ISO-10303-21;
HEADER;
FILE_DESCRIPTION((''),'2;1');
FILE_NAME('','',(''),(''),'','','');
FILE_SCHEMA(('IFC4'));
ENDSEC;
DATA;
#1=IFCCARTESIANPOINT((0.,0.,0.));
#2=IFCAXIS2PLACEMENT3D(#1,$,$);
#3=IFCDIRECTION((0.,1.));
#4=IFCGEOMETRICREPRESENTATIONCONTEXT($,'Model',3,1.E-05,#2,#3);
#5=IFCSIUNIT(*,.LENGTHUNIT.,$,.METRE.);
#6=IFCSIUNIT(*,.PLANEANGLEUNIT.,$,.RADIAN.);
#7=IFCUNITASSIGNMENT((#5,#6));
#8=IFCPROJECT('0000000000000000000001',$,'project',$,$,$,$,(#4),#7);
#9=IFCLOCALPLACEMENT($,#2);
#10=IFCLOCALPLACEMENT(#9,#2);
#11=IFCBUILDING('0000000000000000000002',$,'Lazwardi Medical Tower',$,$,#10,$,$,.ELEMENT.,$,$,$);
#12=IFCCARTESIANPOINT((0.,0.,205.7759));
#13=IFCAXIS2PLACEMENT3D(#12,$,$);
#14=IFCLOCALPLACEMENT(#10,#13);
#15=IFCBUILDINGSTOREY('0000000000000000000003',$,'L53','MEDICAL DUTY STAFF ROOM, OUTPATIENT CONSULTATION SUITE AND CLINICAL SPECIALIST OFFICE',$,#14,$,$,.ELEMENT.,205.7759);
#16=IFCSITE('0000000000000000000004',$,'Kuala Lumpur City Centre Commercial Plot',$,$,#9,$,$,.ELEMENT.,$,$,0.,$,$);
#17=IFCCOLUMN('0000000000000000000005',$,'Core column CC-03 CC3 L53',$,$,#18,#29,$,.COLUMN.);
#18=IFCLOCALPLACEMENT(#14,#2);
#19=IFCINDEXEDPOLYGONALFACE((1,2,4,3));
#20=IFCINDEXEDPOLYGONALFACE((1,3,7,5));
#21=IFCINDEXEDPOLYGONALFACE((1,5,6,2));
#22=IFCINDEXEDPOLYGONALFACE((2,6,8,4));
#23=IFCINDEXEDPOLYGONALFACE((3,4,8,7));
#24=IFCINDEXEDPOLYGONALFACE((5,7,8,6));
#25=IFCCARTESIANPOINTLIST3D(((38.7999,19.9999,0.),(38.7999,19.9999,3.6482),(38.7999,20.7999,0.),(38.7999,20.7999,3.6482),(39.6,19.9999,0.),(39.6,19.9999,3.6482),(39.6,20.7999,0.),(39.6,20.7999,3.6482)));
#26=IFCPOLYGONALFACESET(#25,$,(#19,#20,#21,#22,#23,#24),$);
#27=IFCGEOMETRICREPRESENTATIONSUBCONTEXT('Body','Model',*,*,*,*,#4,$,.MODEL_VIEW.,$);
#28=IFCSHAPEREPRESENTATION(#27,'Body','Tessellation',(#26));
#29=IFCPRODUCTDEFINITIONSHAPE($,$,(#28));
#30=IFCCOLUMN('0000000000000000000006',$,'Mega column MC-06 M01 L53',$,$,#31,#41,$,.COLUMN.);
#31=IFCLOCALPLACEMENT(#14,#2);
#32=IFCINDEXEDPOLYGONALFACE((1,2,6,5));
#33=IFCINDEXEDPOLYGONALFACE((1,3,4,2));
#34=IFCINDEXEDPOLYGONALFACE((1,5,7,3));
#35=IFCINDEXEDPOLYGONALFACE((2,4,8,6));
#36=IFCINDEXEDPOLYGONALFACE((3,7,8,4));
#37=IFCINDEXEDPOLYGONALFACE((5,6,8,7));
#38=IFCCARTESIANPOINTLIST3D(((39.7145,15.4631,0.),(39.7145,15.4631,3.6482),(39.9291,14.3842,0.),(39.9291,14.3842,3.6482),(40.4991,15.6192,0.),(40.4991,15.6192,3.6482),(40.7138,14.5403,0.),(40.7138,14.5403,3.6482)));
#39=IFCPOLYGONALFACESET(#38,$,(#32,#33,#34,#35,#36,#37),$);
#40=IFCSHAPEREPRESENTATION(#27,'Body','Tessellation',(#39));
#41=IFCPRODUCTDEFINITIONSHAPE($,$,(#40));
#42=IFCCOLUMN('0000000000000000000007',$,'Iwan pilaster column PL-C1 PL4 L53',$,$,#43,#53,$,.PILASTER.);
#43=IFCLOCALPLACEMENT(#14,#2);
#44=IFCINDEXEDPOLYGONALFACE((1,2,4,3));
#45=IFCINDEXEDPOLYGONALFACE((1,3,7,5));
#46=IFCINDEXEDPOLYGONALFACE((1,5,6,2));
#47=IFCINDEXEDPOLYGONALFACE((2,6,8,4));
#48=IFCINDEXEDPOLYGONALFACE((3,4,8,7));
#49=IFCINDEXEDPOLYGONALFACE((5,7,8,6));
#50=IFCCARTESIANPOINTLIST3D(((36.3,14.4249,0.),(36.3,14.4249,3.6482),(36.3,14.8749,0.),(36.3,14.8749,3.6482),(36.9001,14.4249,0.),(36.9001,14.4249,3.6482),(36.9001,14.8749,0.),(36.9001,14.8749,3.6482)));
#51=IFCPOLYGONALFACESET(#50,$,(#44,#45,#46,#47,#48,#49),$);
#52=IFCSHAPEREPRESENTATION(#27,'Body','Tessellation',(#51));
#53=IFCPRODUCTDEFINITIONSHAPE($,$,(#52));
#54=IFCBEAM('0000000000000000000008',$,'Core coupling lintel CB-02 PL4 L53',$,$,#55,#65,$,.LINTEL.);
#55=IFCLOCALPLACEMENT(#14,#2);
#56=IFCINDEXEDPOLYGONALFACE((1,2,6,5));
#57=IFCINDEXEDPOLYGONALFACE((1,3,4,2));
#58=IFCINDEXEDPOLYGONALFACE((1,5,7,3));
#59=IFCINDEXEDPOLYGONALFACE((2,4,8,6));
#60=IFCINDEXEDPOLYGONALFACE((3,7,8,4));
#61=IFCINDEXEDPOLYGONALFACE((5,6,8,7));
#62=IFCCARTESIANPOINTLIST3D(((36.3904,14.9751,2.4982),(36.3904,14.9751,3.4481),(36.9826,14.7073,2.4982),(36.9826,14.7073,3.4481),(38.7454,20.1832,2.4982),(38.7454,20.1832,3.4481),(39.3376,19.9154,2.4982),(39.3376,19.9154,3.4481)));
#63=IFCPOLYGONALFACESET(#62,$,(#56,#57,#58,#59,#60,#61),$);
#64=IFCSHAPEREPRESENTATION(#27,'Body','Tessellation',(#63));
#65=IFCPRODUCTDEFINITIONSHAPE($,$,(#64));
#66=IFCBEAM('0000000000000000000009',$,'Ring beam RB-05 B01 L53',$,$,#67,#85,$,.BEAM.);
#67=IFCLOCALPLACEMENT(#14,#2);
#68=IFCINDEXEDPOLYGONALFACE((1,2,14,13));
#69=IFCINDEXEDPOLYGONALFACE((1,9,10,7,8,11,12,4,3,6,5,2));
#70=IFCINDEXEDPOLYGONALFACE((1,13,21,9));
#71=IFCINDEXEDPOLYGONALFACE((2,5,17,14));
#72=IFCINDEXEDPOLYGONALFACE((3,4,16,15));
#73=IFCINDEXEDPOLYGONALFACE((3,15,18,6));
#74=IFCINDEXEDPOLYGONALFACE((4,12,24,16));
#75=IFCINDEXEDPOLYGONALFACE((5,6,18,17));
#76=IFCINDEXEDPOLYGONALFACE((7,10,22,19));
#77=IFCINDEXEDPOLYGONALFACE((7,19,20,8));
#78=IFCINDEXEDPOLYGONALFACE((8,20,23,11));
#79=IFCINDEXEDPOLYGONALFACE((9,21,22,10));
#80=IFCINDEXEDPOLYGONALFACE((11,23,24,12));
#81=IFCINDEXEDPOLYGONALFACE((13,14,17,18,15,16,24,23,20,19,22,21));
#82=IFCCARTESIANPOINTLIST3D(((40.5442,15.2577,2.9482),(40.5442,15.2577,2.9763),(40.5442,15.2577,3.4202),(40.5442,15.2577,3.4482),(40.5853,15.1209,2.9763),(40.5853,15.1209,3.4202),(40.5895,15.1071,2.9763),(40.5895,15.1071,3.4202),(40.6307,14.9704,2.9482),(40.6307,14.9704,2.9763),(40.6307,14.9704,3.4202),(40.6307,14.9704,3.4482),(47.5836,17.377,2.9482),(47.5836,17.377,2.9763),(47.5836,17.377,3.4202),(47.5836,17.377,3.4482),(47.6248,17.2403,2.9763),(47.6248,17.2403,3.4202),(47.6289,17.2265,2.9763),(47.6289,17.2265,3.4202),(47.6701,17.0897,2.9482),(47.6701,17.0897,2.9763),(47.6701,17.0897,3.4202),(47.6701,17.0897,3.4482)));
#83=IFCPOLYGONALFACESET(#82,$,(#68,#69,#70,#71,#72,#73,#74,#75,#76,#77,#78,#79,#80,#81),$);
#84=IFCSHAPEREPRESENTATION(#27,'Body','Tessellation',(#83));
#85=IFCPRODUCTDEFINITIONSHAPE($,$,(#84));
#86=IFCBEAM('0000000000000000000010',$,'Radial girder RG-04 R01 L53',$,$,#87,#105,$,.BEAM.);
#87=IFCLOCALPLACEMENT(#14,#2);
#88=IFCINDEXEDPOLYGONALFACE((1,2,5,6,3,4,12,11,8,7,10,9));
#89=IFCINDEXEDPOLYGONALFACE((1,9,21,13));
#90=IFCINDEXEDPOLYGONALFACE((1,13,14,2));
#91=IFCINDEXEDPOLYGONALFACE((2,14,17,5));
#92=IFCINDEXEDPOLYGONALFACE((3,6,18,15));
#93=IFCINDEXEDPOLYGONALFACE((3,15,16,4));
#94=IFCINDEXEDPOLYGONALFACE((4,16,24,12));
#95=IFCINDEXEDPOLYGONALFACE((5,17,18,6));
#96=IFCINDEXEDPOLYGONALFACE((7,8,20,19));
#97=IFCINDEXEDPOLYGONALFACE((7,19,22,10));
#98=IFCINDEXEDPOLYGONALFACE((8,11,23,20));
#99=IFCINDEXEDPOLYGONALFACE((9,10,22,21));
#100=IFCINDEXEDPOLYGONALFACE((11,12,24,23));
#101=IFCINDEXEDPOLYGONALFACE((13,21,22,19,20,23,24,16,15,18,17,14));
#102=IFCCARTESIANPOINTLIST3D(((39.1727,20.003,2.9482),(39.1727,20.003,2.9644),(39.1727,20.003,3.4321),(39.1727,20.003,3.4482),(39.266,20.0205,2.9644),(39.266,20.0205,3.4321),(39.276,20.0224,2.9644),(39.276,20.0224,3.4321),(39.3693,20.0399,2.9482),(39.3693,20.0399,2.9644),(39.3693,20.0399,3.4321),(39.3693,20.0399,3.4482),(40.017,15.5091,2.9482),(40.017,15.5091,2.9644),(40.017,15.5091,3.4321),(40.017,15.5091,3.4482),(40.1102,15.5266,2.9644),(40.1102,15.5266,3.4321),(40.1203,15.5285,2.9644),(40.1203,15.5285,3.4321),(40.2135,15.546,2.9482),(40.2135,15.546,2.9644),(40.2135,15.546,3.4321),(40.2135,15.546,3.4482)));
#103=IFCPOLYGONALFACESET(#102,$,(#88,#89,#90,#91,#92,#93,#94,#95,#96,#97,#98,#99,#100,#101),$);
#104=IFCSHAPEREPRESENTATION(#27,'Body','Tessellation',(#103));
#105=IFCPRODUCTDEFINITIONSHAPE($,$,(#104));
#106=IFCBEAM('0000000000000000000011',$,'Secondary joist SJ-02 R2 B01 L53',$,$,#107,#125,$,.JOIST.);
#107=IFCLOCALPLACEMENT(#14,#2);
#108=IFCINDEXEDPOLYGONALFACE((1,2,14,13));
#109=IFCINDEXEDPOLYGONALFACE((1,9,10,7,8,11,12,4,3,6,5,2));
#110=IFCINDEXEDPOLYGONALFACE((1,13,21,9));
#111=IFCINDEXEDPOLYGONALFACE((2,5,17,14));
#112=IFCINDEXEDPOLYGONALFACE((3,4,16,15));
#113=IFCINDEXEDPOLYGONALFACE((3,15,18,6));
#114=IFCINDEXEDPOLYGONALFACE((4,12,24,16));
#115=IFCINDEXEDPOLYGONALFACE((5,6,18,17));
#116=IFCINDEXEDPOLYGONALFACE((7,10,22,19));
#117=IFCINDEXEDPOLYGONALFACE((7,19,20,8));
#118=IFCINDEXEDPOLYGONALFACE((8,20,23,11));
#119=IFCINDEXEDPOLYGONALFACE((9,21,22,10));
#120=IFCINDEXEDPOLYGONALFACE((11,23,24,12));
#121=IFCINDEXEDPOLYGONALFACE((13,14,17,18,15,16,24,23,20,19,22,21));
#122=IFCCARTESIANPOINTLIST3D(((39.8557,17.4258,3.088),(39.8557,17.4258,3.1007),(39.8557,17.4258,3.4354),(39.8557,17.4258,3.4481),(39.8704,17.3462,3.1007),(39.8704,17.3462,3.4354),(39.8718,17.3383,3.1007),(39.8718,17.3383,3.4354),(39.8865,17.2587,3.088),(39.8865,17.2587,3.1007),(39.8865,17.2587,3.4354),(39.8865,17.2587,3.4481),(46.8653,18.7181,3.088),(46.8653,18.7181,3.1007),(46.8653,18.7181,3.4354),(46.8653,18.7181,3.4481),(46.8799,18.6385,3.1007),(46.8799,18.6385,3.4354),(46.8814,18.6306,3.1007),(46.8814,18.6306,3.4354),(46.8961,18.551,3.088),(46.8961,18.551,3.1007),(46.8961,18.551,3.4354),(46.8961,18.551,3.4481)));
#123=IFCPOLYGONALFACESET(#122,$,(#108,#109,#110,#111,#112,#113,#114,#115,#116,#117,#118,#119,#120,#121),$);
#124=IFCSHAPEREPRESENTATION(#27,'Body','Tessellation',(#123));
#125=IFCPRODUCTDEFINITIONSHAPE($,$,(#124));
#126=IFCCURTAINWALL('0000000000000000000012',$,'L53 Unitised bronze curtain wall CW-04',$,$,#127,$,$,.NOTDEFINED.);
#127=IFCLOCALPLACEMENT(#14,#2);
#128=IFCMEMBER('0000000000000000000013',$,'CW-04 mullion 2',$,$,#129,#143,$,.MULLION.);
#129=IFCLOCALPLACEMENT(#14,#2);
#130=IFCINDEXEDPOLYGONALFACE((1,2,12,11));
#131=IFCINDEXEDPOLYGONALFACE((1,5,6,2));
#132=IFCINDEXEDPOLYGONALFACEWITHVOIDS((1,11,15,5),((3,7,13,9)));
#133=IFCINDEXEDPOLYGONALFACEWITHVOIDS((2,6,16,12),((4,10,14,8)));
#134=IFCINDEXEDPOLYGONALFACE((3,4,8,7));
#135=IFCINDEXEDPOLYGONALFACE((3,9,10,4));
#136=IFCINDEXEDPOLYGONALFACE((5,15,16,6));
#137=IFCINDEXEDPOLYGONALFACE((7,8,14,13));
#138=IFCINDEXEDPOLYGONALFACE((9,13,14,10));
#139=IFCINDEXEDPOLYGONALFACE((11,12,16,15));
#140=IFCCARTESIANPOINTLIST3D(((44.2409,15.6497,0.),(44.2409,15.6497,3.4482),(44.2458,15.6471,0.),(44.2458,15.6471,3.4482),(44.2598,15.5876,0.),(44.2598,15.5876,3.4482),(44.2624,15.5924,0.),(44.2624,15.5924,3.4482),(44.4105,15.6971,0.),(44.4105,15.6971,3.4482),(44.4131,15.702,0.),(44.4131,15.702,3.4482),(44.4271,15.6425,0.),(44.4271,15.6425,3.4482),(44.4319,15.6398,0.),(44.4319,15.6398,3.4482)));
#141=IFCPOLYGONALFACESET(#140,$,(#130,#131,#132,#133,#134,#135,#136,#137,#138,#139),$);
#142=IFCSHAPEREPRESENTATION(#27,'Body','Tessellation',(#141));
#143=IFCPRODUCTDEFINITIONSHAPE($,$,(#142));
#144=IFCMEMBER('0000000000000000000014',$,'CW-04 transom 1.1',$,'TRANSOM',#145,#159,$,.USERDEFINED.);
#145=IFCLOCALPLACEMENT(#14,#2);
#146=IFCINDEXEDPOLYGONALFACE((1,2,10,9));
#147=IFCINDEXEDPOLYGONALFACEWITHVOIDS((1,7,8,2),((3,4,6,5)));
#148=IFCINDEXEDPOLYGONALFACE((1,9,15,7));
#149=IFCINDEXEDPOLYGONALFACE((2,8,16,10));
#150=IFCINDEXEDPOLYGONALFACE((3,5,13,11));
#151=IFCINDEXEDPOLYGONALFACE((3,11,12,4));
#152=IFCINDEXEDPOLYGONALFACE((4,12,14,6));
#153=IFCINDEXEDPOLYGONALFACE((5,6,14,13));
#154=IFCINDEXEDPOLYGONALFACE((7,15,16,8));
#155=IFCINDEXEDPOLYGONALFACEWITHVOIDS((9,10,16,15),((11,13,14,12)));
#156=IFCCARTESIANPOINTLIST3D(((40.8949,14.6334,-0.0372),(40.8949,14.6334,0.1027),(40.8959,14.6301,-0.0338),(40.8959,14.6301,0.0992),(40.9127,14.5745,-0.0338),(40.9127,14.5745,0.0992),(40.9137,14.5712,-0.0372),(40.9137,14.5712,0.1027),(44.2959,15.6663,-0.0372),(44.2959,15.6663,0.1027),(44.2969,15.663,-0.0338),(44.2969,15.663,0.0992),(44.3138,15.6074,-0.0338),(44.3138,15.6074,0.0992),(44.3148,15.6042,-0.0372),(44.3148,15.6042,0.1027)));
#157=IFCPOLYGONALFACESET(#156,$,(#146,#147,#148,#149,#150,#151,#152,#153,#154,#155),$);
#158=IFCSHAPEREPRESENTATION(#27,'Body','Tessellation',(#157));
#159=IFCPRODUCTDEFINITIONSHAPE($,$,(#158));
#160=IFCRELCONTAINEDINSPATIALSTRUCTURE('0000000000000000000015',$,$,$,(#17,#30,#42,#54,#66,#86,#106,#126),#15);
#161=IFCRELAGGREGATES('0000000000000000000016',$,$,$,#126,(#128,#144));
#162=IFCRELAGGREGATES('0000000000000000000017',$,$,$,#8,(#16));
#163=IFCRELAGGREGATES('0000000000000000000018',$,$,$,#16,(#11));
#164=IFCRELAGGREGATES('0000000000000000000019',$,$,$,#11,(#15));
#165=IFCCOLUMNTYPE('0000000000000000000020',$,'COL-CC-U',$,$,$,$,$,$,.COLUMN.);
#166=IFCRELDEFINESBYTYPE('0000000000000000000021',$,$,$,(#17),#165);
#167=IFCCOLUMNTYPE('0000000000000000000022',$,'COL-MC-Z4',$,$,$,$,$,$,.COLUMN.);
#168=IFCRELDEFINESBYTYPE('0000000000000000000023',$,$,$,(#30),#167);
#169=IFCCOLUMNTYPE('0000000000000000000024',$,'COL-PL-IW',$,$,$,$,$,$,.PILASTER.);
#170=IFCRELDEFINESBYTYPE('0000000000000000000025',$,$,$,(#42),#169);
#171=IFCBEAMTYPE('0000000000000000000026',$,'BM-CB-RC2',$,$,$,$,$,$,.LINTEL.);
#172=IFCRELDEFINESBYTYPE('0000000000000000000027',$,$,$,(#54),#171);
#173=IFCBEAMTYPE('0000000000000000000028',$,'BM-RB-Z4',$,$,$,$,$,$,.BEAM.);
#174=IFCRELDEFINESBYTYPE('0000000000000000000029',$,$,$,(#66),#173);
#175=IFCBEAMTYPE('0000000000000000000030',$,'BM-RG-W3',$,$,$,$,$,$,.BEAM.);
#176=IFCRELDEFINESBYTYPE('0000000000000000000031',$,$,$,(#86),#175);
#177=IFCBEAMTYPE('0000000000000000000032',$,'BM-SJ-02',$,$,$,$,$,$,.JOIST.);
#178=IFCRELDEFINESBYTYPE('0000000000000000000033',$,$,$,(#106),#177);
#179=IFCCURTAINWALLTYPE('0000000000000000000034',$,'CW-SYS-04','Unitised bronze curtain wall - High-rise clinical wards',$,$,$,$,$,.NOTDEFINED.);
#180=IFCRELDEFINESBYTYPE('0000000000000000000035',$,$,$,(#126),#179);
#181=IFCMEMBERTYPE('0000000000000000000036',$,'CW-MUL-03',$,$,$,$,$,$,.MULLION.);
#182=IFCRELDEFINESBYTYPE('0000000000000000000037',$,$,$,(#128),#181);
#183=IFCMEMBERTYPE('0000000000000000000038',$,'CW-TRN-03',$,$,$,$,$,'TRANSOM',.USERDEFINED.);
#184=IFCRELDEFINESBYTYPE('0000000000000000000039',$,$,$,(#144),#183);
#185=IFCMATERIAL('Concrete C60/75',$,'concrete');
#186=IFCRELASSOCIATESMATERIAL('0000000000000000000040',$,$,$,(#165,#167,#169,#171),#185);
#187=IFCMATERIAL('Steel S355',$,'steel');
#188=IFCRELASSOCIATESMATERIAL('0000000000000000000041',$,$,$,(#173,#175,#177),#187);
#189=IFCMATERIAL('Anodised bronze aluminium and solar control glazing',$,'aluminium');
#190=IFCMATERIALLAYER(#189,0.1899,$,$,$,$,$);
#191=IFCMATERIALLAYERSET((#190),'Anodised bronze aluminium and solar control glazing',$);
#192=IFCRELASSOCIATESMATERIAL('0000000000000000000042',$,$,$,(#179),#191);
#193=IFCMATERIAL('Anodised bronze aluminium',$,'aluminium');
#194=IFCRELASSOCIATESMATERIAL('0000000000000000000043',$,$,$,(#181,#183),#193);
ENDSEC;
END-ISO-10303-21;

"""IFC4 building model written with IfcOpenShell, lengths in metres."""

from ifc_helpers import new_model, si_unit, direction, frame, origin, origin_2d, place, context, subcontext, project, spatial, rectangle, hollow_rectangle, i_section, extrude, material, layer, layer_set, material_profile, profile_set, type_object, element, aggregate, save


model = new_model("IFC4")

# Units and contexts
model_context = context("Model", 3, precision=1e-05, world=origin(), true_north=direction((0.0, 1.0)))
body_context = subcontext(model_context, "Body", "Model", "MODEL_VIEW")
ifc_project = project(units=[si_unit("LENGTHUNIT", "METRE"), si_unit("PLANEANGLEUNIT", "RADIAN")], contexts=[model_context])

# Site, building, storey
site_placement = place(None, origin())
site = spatial("IfcSite", under=ifc_project, at=site_placement, Name="Kuala Lumpur City Centre Commercial Plot", CompositionType="ELEMENT", RefElevation=0.0)
building_placement = place(site_placement, origin())
building = spatial("IfcBuilding", under=site, at=building_placement, Name="Lazwardi Medical Tower", CompositionType="ELEMENT")
storey_placement = place(building_placement, frame((0.0, 0.0, 205.7759)))
storey = spatial("IfcBuildingStorey", under=building, at=storey_placement, Name="L53", Description="MEDICAL DUTY STAFF ROOM, OUTPATIENT CONSULTATION SUITE AND CLINICAL SPECIALIST OFFICE", CompositionType="ELEMENT", Elevation=205.7759)

# Columns
ifc_material_1 = material(Name="Concrete C60/75", Category="concrete")
ifc_material_profile_1 = material_profile(ifc_material_1, rectangle(XDim=0.8, YDim=0.8, at=origin_2d()), Name="RC 800x800")
ifc_profile_set_1 = profile_set([ifc_material_profile_1], Name="Concrete C60/75")
column_type_1 = type_object("IfcColumnType", Name="COL-CC-U", PredefinedType="COLUMN", material=ifc_profile_set_1)
column_1_placement = place(storey_placement, frame((39.2, 20.3999, 0.0), z_axis=(0.0, 0.0, 1.0), x_axis=(1.0, 0.0, 0.0)))
element("IfcColumn", 1, at=column_1_placement, inside=storey, type_object=column_type_1, Name="Core column CC-03 CC3 L53", PredefinedType="COLUMN", context=body_context, shape_type="SweptSolid", body=[
    extrude(rectangle(XDim=0.8, YDim=0.8, at=origin_2d()), origin(), (0.0, 0.0, 1.0), 3.6482),
])
ifc_material_profile_2 = material_profile(ifc_material_1, rectangle(XDim=1.1001, YDim=0.8, at=origin_2d()), Name="CFT-RECT 1100x800")
ifc_profile_set_2 = profile_set([ifc_material_profile_2], Name="Concrete C60/75")
column_type_2 = type_object("IfcColumnType", Name="COL-MC-Z4", PredefinedType="COLUMN", material=ifc_profile_set_2)
column_2_placement = place(storey_placement, frame((40.2141, 15.0017, 0.0), z_axis=(0.0, 0.0, 1.0), x_axis=(0.19509, -0.980785, 0.0)))
element("IfcColumn", 2, at=column_2_placement, inside=storey, type_object=column_type_2, Name="Mega column MC-06 M01 L53", PredefinedType="COLUMN", context=body_context, shape_type="SweptSolid", body=[
    extrude(rectangle(XDim=1.1001, YDim=0.8, at=origin_2d()), origin(), (0.0, 0.0, 1.0), 3.6482),
])
ifc_material_profile_3 = material_profile(ifc_material_1, rectangle(XDim=0.6001, YDim=0.45, at=origin_2d()), Name="RC 600x450")
ifc_profile_set_3 = profile_set([ifc_material_profile_3], Name="Concrete C60/75")
column_type_3 = type_object("IfcColumnType", Name="COL-PL-IW", PredefinedType="PILASTER", material=ifc_profile_set_3)
column_3_placement = place(storey_placement, frame((36.6001, 14.6499, 0.0), z_axis=(0.0, 0.0, 1.0), x_axis=(1.0, 0.0, 0.0)))
element("IfcColumn", 3, at=column_3_placement, inside=storey, type_object=column_type_3, Name="Iwan pilaster column PL-C1 PL4 L53", PredefinedType="PILASTER", context=body_context, shape_type="SweptSolid", body=[
    extrude(rectangle(XDim=0.6001, YDim=0.45, at=origin_2d()), origin(), (0.0, 0.0, 1.0), 3.6482),
])

# Beams
ifc_material_profile_4 = material_profile(ifc_material_1, rectangle(XDim=0.6499, YDim=0.95, at=origin_2d()), Name="RC 650x950")
ifc_profile_set_4 = profile_set([ifc_material_profile_4], Name="Concrete C60/75")
beam_type_1 = type_object("IfcBeamType", Name="BM-CB-RC2", PredefinedType="LINTEL", material=ifc_profile_set_4)
beam_1_placement = place(storey_placement, frame((39.0415, 20.0493, 2.9731), z_axis=(-0.412019, -0.911175, 0.0), x_axis=(0.911175, -0.412019, 0.0)))
element("IfcBeam", 4, at=beam_1_placement, inside=storey, type_object=beam_type_1, Name="Core coupling lintel CB-02 PL4 L53", PredefinedType="LINTEL", context=body_context, shape_type="SweptSolid", body=[
    extrude(rectangle(XDim=0.6499, YDim=0.95, at=origin_2d()), origin(), (0.0, 0.0, 1.0), 5.7158),
])
ifc_material_2 = material(Name="Steel S355", Category="steel")
ifc_material_profile_5 = material_profile(ifc_material_2, i_section(OverallWidth=0.3, OverallDepth=0.5, WebThickness=0.0144, FlangeThickness=0.0281, at=origin_2d()), Name="HEB 500")
ifc_profile_set_5 = profile_set([ifc_material_profile_5], Name="Steel S355")
beam_type_2 = type_object("IfcBeamType", Name="BM-RB-Z4", PredefinedType="BEAM", material=ifc_profile_set_5)
beam_2_placement = place(storey_placement, frame((40.5874, 15.114, 3.1982), z_axis=(0.957544, 0.288286, 0.0), x_axis=(-0.288286, 0.957544, 0.0)))
element("IfcBeam", 5, at=beam_2_placement, inside=storey, type_object=beam_type_2, Name="Ring beam RB-05 B01 L53", PredefinedType="BEAM", context=body_context, shape_type="SweptSolid", body=[
    extrude(i_section(OverallWidth=0.3, OverallDepth=0.5, WebThickness=0.0144, FlangeThickness=0.0281, at=origin_2d()), origin(), (0.0, 0.0, 1.0), 7.3516),
])
ifc_material_profile_6 = material_profile(ifc_material_2, i_section(OverallWidth=0.2, OverallDepth=0.5, WebThickness=0.0103, FlangeThickness=0.0161, at=origin_2d()), Name="IPE 500")
ifc_profile_set_6 = profile_set([ifc_material_profile_6], Name="Steel S355")
beam_type_3 = type_object("IfcBeamType", Name="BM-RG-W3", PredefinedType="BEAM", material=ifc_profile_set_6)
beam_3_placement = place(storey_placement, frame((40.1152, 15.5276, 3.1982), z_axis=(-0.184633, 0.982807, 0.0), x_axis=(-0.982807, -0.184633, 0.0)))
element("IfcBeam", 6, at=beam_3_placement, inside=storey, type_object=beam_type_3, Name="Radial girder RG-04 R01 L53", PredefinedType="BEAM", context=body_context, shape_type="SweptSolid", body=[
    extrude(i_section(OverallWidth=0.2, OverallDepth=0.5, WebThickness=0.0103, FlangeThickness=0.0161, at=origin_2d()), origin(), (0.0, 0.0, 1.0), 4.5725),
])
ifc_material_profile_7 = material_profile(ifc_material_2, i_section(OverallWidth=0.1699, OverallDepth=0.3601, WebThickness=0.0081, FlangeThickness=0.0127, at=origin_2d()), Name="IPE 360")
ifc_profile_set_7 = profile_set([ifc_material_profile_7], Name="Steel S355")
beam_type_4 = type_object("IfcBeamType", Name="BM-SJ-02", PredefinedType="JOIST", material=ifc_profile_set_7)
beam_4_placement = place(storey_placement, frame((39.8711, 17.3423, 3.2681), z_axis=(0.983428, 0.181299, 0.0), x_axis=(-0.181299, 0.983428, 0.0)))
element("IfcBeam", 7, at=beam_4_placement, inside=storey, type_object=beam_type_4, Name="Secondary joist SJ-02 R2 B01 L53", PredefinedType="JOIST", context=body_context, shape_type="SweptSolid", body=[
    extrude(i_section(OverallWidth=0.1699, OverallDepth=0.3601, WebThickness=0.0081, FlangeThickness=0.0127, at=origin_2d()), origin(), (0.0, 0.0, 1.0), 7.1277),
])

# Curtain wall, members
ifc_material_3 = material(Name="Anodised bronze aluminium and solar control glazing", Category="aluminium")
ifc_layer_1 = layer(ifc_material_3, 0.1899)
ifc_layer_set_1 = layer_set([ifc_layer_1], Name="Anodised bronze aluminium and solar control glazing")
curtain_wall_type = type_object("IfcCurtainWallType", Name="CW-SYS-04", Description="Unitised bronze curtain wall - High-rise clinical wards", PredefinedType="NOTDEFINED", material=ifc_layer_set_1)
curtain_wall_placement = place(storey_placement, origin())
curtain_wall = element("IfcCurtainWall", 8, at=curtain_wall_placement, inside=storey, type_object=curtain_wall_type, Name="L53 Unitised bronze curtain wall CW-04", PredefinedType="NOTDEFINED")
ifc_material_4 = material(Name="Anodised bronze aluminium", Category="aluminium")
ifc_material_profile_8 = material_profile(ifc_material_4, hollow_rectangle(XDim=0.0649, YDim=0.1799, WallThickness=0.0039, at=origin_2d()), Name="ALU-MULLION 180x65x4")
ifc_profile_set_8 = profile_set([ifc_material_profile_8], Name="Anodised bronze aluminium")
member_type_1 = type_object("IfcMemberType", Name="CW-MUL-03", PredefinedType="MULLION", material=ifc_profile_set_8)
member_1_placement = place(storey_placement, frame((44.3364, 15.6448, 0.0), z_axis=(0.0, 0.0, 1.0), x_axis=(-0.290582, 0.95685, 0.0)))
member_1 = element("IfcMember", 9, at=member_1_placement, type_object=member_type_1, Name="CW-04 mullion 2", PredefinedType="MULLION", context=body_context, shape_type="SweptSolid", body=[
    extrude(hollow_rectangle(XDim=0.0649, YDim=0.1799, WallThickness=0.0039, at=origin_2d()), origin(), (0.0, 0.0, 1.0), 3.4482),
])
ifc_material_profile_9 = material_profile(ifc_material_4, hollow_rectangle(XDim=0.0649, YDim=0.1399, WallThickness=0.0034, at=origin_2d()), Name="ALU-TRANSOM 140x65x3.5")
ifc_profile_set_9 = profile_set([ifc_material_profile_9], Name="Anodised bronze aluminium")
member_type_2 = type_object("IfcMemberType", Name="CW-TRN-03", ElementType="TRANSOM", PredefinedType="USERDEFINED", material=ifc_profile_set_9)
member_2_placement = place(storey_placement, frame((40.9043, 14.6023, 0.0327), z_axis=(0.956843, 0.290604, 0.0), x_axis=(-0.290604, 0.956843, 0.0)))
member_2 = element("IfcMember", 10, at=member_2_placement, type_object=member_type_2, Name="CW-04 transom 1.1", ObjectType="TRANSOM", PredefinedType="USERDEFINED", context=body_context, shape_type="SweptSolid", body=[
    extrude(hollow_rectangle(XDim=0.0649, YDim=0.1399, WallThickness=0.0034, at=origin_2d()), origin(), (0.0, 0.0, 1.0), 3.5544),
])
aggregate(curtain_wall, [member_1, member_2])

save(model, "model.ifc")
